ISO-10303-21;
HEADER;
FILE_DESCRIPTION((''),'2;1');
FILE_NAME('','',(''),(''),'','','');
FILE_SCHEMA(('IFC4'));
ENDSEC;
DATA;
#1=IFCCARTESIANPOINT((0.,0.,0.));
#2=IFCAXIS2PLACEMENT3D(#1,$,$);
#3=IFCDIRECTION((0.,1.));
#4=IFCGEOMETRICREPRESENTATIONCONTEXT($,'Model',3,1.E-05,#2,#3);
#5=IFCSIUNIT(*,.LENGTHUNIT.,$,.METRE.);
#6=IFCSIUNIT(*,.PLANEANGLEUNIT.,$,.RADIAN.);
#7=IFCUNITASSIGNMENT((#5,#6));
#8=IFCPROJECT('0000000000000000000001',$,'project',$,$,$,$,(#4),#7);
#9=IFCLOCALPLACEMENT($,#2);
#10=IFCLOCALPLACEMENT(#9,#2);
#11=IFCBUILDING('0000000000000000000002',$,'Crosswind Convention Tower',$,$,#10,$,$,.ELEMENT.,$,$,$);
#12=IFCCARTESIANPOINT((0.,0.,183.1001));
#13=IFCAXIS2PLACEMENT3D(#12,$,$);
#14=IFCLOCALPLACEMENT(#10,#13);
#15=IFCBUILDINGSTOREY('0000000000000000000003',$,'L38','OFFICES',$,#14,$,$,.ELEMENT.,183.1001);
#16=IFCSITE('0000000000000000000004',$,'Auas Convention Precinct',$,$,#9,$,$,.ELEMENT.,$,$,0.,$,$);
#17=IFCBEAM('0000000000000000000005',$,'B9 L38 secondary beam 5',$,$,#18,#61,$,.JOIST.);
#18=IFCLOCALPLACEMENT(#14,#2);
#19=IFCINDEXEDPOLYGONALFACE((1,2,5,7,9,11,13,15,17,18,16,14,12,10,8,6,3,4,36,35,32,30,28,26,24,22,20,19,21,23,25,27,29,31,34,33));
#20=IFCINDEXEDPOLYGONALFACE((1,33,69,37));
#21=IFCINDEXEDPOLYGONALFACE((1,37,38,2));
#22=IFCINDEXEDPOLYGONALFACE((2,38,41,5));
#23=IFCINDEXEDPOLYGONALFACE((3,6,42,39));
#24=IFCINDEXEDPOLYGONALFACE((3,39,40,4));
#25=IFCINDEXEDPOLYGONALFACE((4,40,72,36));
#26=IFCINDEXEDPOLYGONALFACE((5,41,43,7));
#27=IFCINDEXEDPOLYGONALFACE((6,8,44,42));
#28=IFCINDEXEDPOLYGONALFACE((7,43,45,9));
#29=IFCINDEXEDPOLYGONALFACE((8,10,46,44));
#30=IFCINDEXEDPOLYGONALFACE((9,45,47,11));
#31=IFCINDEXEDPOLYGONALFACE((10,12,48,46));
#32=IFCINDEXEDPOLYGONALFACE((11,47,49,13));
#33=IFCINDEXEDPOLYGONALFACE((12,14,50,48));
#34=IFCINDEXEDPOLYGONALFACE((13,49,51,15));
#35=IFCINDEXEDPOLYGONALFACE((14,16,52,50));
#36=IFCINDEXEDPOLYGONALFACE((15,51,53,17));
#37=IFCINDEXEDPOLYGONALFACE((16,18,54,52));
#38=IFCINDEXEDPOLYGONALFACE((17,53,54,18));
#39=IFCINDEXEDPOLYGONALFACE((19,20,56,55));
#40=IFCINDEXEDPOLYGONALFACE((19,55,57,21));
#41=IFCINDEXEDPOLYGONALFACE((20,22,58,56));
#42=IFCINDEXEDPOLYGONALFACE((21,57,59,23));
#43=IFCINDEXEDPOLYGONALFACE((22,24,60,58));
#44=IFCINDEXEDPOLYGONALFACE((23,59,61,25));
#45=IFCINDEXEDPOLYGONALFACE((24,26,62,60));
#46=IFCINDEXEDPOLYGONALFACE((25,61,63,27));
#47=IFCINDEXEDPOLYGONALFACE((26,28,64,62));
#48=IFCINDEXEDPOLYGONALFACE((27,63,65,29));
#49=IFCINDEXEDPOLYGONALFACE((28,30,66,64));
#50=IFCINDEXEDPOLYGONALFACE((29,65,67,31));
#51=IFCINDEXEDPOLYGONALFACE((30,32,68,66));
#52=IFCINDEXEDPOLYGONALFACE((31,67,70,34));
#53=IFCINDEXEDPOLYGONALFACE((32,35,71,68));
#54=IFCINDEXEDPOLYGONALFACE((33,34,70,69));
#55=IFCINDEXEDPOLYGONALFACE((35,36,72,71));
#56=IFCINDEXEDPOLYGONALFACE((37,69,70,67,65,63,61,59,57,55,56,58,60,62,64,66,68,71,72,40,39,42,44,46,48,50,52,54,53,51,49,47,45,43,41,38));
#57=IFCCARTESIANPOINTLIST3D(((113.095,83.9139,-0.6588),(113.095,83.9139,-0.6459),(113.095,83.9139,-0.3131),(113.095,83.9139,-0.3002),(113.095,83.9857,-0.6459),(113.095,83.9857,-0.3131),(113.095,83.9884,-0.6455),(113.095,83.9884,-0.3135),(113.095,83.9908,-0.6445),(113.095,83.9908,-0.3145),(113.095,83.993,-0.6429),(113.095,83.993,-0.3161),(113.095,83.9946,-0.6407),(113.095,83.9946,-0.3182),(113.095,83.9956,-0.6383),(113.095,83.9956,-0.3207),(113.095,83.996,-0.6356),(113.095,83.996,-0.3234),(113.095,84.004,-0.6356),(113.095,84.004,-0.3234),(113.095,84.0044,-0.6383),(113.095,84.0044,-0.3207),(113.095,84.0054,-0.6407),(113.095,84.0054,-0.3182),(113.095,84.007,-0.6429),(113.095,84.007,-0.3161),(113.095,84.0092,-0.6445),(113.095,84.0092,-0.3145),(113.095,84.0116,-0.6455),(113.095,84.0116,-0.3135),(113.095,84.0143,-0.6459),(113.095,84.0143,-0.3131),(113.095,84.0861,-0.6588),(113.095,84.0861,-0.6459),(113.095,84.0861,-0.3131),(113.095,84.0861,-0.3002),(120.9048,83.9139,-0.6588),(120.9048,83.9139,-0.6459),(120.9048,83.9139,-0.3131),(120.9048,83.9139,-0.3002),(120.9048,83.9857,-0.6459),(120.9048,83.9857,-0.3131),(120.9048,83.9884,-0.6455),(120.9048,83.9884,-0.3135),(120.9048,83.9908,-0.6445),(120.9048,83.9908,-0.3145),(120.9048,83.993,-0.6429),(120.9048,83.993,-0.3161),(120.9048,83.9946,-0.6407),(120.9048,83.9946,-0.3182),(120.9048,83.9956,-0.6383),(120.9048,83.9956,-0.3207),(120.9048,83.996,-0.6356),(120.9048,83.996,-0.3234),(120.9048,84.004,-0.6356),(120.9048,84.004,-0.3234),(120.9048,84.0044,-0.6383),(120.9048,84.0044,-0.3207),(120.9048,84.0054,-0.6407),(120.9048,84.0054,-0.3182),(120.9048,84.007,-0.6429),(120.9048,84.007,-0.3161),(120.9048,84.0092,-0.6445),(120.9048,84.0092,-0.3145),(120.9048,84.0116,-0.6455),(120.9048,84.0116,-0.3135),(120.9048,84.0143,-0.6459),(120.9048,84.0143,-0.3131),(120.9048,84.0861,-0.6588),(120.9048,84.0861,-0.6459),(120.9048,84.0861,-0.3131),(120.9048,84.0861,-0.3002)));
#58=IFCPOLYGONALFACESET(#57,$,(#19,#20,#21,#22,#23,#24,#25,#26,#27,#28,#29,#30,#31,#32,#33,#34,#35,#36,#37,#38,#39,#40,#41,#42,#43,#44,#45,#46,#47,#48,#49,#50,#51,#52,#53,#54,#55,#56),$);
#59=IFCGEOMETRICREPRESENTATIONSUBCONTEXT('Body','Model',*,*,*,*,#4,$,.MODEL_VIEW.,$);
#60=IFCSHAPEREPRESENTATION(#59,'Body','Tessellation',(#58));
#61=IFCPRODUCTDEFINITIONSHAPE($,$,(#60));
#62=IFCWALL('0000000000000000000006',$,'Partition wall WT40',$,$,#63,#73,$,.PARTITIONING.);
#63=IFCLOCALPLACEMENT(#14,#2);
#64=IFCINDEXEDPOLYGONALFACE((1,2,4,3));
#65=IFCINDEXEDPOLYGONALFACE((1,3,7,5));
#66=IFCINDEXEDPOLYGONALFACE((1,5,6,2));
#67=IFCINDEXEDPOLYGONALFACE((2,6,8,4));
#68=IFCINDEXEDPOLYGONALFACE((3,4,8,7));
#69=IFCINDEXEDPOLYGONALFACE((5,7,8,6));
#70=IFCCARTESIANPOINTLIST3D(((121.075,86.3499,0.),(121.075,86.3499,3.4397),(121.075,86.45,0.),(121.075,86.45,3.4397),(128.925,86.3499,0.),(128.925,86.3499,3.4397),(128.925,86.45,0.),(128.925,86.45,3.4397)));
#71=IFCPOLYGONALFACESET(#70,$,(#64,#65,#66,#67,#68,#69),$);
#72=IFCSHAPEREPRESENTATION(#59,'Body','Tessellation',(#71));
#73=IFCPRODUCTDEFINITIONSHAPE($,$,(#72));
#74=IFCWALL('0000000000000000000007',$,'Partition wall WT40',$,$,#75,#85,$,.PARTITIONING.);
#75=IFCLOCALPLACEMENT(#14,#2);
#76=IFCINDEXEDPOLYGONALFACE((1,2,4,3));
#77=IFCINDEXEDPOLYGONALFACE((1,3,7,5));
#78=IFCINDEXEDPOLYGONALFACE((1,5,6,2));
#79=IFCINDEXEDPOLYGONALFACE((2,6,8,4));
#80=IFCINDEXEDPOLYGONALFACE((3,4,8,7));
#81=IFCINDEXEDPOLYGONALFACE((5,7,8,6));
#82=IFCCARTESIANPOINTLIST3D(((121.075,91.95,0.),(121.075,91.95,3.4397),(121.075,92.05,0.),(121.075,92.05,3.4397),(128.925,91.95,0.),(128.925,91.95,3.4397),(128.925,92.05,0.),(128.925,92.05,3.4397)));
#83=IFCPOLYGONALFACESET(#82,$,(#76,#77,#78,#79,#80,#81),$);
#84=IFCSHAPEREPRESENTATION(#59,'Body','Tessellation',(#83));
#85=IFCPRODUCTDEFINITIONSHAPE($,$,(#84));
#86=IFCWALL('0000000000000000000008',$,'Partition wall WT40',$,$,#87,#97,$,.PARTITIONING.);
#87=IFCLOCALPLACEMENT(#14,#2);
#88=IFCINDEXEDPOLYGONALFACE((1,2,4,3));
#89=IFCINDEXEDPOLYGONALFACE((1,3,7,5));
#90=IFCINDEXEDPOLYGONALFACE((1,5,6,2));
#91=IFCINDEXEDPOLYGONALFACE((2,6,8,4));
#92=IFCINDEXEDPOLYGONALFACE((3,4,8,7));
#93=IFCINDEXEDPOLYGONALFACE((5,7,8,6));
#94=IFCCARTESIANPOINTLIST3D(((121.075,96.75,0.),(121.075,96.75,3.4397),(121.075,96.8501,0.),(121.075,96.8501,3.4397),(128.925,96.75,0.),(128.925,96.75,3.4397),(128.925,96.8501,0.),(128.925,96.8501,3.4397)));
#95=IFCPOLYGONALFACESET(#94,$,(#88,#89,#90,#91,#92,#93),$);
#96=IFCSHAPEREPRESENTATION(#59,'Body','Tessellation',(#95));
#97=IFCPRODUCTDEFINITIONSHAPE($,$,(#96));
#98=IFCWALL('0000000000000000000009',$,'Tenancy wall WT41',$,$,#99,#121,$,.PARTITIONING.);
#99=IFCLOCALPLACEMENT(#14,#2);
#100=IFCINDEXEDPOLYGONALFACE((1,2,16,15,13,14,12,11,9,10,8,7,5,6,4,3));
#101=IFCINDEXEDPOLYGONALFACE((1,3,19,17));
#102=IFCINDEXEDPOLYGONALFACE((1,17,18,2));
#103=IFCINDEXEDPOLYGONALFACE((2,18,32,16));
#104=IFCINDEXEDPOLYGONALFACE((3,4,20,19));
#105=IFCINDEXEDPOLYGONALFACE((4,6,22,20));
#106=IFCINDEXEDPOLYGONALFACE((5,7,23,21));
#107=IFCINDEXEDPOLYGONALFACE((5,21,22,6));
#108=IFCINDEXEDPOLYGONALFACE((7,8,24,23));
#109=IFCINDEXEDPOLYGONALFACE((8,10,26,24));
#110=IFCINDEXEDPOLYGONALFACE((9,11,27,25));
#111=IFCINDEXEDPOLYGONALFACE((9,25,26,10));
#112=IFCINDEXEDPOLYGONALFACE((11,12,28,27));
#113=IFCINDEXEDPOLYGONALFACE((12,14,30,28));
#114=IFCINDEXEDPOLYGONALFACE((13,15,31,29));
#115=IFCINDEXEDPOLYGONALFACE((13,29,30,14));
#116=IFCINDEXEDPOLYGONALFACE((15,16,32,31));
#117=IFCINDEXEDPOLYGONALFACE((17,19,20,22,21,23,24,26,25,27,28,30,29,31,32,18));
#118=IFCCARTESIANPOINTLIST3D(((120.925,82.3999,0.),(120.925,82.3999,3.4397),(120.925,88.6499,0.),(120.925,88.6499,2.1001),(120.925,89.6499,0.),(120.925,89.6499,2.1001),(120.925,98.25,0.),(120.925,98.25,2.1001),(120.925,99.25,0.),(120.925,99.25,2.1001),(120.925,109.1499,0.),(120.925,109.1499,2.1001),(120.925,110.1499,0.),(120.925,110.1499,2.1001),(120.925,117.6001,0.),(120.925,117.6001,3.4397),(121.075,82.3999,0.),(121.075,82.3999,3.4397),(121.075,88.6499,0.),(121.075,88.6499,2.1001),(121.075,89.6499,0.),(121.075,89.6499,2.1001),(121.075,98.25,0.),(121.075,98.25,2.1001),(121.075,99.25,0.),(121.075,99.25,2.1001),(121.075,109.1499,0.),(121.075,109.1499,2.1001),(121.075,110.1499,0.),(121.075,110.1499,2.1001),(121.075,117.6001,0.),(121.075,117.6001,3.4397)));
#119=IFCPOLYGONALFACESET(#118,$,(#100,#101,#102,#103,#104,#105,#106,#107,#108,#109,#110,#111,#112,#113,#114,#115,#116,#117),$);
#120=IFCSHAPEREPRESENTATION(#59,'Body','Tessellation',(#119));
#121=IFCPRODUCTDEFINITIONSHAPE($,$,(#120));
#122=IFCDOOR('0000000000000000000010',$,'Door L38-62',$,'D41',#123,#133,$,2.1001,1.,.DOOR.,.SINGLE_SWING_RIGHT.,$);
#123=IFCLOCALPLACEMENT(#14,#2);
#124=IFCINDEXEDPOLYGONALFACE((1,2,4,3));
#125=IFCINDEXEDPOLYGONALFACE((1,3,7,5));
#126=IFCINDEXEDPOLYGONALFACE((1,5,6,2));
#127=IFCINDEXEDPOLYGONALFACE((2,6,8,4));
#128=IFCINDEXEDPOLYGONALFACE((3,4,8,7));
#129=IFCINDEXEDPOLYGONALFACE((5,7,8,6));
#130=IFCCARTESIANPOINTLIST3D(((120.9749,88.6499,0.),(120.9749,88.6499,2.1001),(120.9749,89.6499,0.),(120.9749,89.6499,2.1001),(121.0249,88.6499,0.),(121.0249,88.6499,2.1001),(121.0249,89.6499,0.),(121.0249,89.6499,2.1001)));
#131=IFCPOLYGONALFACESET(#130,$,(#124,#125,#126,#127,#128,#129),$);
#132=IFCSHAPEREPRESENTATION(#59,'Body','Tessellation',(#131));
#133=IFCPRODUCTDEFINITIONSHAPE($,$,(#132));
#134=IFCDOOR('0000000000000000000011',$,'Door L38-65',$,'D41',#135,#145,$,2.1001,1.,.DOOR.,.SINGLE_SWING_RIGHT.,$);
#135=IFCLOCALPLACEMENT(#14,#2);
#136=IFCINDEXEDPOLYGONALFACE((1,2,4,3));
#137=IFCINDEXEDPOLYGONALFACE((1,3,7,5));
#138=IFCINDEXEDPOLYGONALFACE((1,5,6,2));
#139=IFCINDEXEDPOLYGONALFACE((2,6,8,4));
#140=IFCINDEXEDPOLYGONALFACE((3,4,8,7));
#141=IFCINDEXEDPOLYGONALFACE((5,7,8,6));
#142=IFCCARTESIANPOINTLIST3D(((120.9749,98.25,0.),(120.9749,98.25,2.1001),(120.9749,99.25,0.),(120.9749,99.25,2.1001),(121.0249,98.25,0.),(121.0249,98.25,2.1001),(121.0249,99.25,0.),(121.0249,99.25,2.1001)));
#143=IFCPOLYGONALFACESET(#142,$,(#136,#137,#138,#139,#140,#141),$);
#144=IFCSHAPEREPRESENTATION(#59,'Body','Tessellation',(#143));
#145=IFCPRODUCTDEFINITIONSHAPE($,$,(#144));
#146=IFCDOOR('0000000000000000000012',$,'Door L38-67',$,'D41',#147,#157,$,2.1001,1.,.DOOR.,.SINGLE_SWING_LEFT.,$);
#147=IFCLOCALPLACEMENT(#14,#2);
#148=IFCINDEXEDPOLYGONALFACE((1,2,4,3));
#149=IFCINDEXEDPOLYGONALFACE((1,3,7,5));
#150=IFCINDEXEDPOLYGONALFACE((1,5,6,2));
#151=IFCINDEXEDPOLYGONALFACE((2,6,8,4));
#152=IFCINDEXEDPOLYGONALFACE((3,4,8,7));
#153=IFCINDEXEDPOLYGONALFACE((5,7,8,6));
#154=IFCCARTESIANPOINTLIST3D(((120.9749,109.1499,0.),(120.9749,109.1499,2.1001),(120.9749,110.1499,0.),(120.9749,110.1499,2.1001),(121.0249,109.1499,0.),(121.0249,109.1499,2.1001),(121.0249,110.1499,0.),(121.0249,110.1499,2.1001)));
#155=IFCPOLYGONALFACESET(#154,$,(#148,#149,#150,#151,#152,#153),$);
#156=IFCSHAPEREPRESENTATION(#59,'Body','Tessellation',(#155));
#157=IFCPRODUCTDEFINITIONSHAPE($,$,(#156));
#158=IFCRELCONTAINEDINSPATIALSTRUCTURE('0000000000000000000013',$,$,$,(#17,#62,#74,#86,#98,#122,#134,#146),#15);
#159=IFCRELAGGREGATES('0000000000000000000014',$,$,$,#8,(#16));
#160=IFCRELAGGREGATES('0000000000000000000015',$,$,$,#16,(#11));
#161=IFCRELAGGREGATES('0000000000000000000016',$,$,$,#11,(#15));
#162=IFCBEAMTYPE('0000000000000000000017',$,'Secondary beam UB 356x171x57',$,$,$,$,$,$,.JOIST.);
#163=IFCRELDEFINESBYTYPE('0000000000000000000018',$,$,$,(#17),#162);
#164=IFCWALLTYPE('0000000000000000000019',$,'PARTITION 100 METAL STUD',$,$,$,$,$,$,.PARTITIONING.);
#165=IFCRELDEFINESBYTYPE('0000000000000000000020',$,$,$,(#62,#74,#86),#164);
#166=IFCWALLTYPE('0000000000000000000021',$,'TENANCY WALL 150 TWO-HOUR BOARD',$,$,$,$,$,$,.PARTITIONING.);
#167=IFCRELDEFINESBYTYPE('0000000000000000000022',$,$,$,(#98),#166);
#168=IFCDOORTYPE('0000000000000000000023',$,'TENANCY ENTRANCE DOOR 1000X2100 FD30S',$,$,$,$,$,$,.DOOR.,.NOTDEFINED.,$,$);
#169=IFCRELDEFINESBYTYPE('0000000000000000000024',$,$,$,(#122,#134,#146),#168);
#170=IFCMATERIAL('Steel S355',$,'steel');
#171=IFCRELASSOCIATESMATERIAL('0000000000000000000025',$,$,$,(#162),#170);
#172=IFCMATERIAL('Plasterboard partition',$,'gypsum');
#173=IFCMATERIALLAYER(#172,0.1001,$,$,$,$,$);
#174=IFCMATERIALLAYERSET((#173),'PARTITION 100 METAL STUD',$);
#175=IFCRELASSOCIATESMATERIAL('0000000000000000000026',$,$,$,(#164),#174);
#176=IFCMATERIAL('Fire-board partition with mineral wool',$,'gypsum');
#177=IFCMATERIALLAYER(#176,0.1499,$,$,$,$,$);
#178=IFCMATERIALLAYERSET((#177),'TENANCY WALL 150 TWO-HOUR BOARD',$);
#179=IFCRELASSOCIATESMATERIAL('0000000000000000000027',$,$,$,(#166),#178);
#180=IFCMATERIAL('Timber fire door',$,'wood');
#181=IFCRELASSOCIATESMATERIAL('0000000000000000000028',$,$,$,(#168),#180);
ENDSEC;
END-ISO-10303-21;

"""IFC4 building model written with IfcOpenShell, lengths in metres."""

from ifc_helpers import new_model, si_unit, direction, frame, frame_2d, origin, origin_2d, place, context, subcontext, project, spatial, rectangle, i_section, extrude, material, layer, layer_set, material_profile, profile_set, type_object, element, fill, save


model = new_model("IFC4")

# Units and contexts
model_context = context("Model", 3, precision=1e-05, world=origin(), true_north=direction((0.0, 1.0)))
body_context = subcontext(model_context, "Body", "Model", "MODEL_VIEW")
ifc_project = project(units=[si_unit("LENGTHUNIT", "METRE"), si_unit("PLANEANGLEUNIT", "RADIAN")], contexts=[model_context])

# Site, building, storey
site_placement = place(None, origin())
site = spatial("IfcSite", under=ifc_project, at=site_placement, Name="Auas Convention Precinct", CompositionType="ELEMENT", RefElevation=0.0)
building_placement = place(site_placement, origin())
building = spatial("IfcBuilding", under=site, at=building_placement, Name="Crosswind Convention Tower", CompositionType="ELEMENT")
storey_placement = place(building_placement, frame((0.0, 0.0, 183.1001)))
storey = spatial("IfcBuildingStorey", under=building, at=storey_placement, Name="L38", Description="OFFICES", CompositionType="ELEMENT", Elevation=183.1001)

# Beam
ifc_material_1 = material(Name="Steel S355", Category="steel")
ifc_material_profile_1 = material_profile(ifc_material_1, i_section(OverallWidth=0.1721, OverallDepth=0.3586, WebThickness=0.0081, FlangeThickness=0.0129, FilletRadius=0.0103, at=origin_2d()), Name="UB 356x171x57")
ifc_profile_set_1 = profile_set([ifc_material_profile_1], Name="Steel S355")
beam_type_1 = type_object("IfcBeamType", Name="Secondary beam UB 356x171x57", PredefinedType="JOIST", material=ifc_profile_set_1)
beam_1_placement = place(storey_placement, frame((113.095, 84.0, -0.4795), z_axis=(1.0, 0.0, 0.0), x_axis=(0.0, 1.0, 0.0)))
element("IfcBeam", 1, at=beam_1_placement, inside=storey, type_object=beam_type_1, Name="B9 L38 secondary beam 5", PredefinedType="JOIST", context=body_context, shape_type="SweptSolid", body=[
    extrude(i_section(OverallWidth=0.1721, OverallDepth=0.3586, WebThickness=0.0081, FlangeThickness=0.0129, FilletRadius=0.0103, at=origin_2d()), origin(), (0.0, 0.0, 1.0), 7.8098),
])

# Walls
ifc_material_2 = material(Name="Plasterboard partition", Category="gypsum")
ifc_layer_1 = layer(ifc_material_2, 0.1001)
ifc_layer_set_1 = layer_set([ifc_layer_1], Name="PARTITION 100 METAL STUD")
wall_type_1 = type_object("IfcWallType", Name="PARTITION 100 METAL STUD", PredefinedType="PARTITIONING", material=ifc_layer_set_1)
for number, where, z_axis, x_axis, name in (
    (2, (121.075, 86.3999, 0.0), (0.0, 0.0, 1.0), (1.0, 0.0, 0.0), "Partition wall WT40"),
    (3, (121.075, 92.0, 0.0), (0.0, 0.0, 1.0), (1.0, 0.0, 0.0), "Partition wall WT40"),
    (4, (121.075, 96.8, 0.0), (0.0, 0.0, 1.0), (1.0, 0.0, 0.0), "Partition wall WT40"),
):
    element("IfcWall", number, at=place(storey_placement, frame(where, z_axis=z_axis, x_axis=x_axis)), inside=storey, type_object=wall_type_1, Name=name, PredefinedType="PARTITIONING", context=body_context, shape_type="SweptSolid", body=[
        extrude(rectangle(XDim=7.8501, YDim=0.1001, at=frame_2d((3.925, 0.0))), origin(), (0.0, 0.0, 1.0), 3.4397),
    ])

# Wall, openings, doors
ifc_material_3 = material(Name="Fire-board partition with mineral wool", Category="gypsum")
ifc_layer_2 = layer(ifc_material_3, 0.1499)
ifc_layer_set_2 = layer_set([ifc_layer_2], Name="TENANCY WALL 150 TWO-HOUR BOARD")
wall_type_2 = type_object("IfcWallType", Name="TENANCY WALL 150 TWO-HOUR BOARD", PredefinedType="PARTITIONING", material=ifc_layer_set_2)
wall_1_placement = place(storey_placement, frame((121.0, 82.3999, 0.0), z_axis=(0.0, 0.0, 1.0), x_axis=(0.0, 1.0, 0.0)))
wall_1 = element("IfcWall", 5, at=wall_1_placement, inside=storey, type_object=wall_type_2, Name="Tenancy wall WT41", PredefinedType="PARTITIONING", context=body_context, shape_type="SweptSolid", body=[
    extrude(rectangle(XDim=35.2002, YDim=0.1499, at=frame_2d((17.6001, 0.0))), origin(), (0.0, 0.0, 1.0), 3.4397),
])
opening_1_placement = place(wall_1_placement, frame((6.25, 0.0, 0.0)))
opening_1 = element("IfcOpeningElement", 6, at=opening_1_placement, cuts=wall_1, PredefinedType="OPENING", context=body_context, shape_type="SweptSolid", body=[
    extrude(rectangle(XDim=1.0, YDim=2.1001, at=frame_2d((0.5, 1.05))), frame((0.0, 0.085, 0.0), z_axis=(0.0, -1.0, 0.0), x_axis=(1.0, 0.0, 0.0)), (0.0, 0.0, 1.0), 0.1699),
])
opening_2_placement = place(wall_1_placement, frame((15.8501, 0.0, 0.0)))
opening_2 = element("IfcOpeningElement", 7, at=opening_2_placement, cuts=wall_1, PredefinedType="OPENING", context=body_context, shape_type="SweptSolid", body=[
    extrude(rectangle(XDim=1.0, YDim=2.1001, at=frame_2d((0.5, 1.05))), frame((0.0, 0.085, 0.0), z_axis=(0.0, -1.0, 0.0), x_axis=(1.0, 0.0, 0.0)), (0.0, 0.0, 1.0), 0.1699),
])
opening_3_placement = place(wall_1_placement, frame((26.75, 0.0, 0.0)))
opening_3 = element("IfcOpeningElement", 8, at=opening_3_placement, cuts=wall_1, PredefinedType="OPENING", context=body_context, shape_type="SweptSolid", body=[
    extrude(rectangle(XDim=1.0, YDim=2.1001, at=frame_2d((0.5, 1.05))), frame((0.0, 0.085, 0.0), z_axis=(0.0, -1.0, 0.0), x_axis=(1.0, 0.0, 0.0)), (0.0, 0.0, 1.0), 0.1699),
])
ifc_material_4 = material(Name="Timber fire door", Category="wood")
door_type = type_object("IfcDoorType", Name="TENANCY ENTRANCE DOOR 1000X2100 FD30S", OperationType="NOTDEFINED", PredefinedType="DOOR", material=ifc_material_4)
door_1_placement = place(opening_1_placement, frame((1.0, 0.0, 0.0), z_axis=(0.0, 0.0, 1.0), x_axis=(-1.0, 0.0, 0.0)))
door_1 = element("IfcDoor", 9, at=door_1_placement, inside=storey, type_object=door_type, Name="Door L38-62", ObjectType="D41", OperationType="SINGLE_SWING_RIGHT", OverallHeight=2.1001, OverallWidth=1.0, PredefinedType="DOOR", context=body_context, shape_type="SweptSolid", body=[
    extrude(rectangle(XDim=1.0, YDim=2.1001, at=frame_2d((0.5, 1.05))), frame((0.0, 0.0249, 0.0), z_axis=(0.0, -1.0, 0.0), x_axis=(1.0, 0.0, 0.0)), (0.0, 0.0, 1.0), 0.05),
])
fill(opening_1, door_1)
door_2_placement = place(opening_2_placement, frame((1.0, 0.0, 0.0), z_axis=(0.0, 0.0, 1.0), x_axis=(-1.0, 0.0, 0.0)))
door_2 = element("IfcDoor", 10, at=door_2_placement, inside=storey, type_object=door_type, Name="Door L38-65", ObjectType="D41", OperationType="SINGLE_SWING_RIGHT", OverallHeight=2.1001, OverallWidth=1.0, PredefinedType="DOOR", context=body_context, shape_type="SweptSolid", body=[
    extrude(rectangle(XDim=1.0, YDim=2.1001, at=frame_2d((0.5, 1.05))), frame((0.0, 0.0249, 0.0), z_axis=(0.0, -1.0, 0.0), x_axis=(1.0, 0.0, 0.0)), (0.0, 0.0, 1.0), 0.05),
])
fill(opening_2, door_2)
door_3_placement = place(opening_3_placement, frame((1.0, 0.0, 0.0), z_axis=(0.0, 0.0, 1.0), x_axis=(-1.0, 0.0, 0.0)))
door_3 = element("IfcDoor", 11, at=door_3_placement, inside=storey, type_object=door_type, Name="Door L38-67", ObjectType="D41", OperationType="SINGLE_SWING_LEFT", OverallHeight=2.1001, OverallWidth=1.0, PredefinedType="DOOR", context=body_context, shape_type="SweptSolid", body=[
    extrude(rectangle(XDim=1.0, YDim=2.1001, at=frame_2d((0.5, 1.05))), frame((0.0, 0.0249, 0.0), z_axis=(0.0, -1.0, 0.0), x_axis=(1.0, 0.0, 0.0)), (0.0, 0.0, 1.0), 0.05),
])
fill(opening_3, door_3)

save(model, "model.ifc")
